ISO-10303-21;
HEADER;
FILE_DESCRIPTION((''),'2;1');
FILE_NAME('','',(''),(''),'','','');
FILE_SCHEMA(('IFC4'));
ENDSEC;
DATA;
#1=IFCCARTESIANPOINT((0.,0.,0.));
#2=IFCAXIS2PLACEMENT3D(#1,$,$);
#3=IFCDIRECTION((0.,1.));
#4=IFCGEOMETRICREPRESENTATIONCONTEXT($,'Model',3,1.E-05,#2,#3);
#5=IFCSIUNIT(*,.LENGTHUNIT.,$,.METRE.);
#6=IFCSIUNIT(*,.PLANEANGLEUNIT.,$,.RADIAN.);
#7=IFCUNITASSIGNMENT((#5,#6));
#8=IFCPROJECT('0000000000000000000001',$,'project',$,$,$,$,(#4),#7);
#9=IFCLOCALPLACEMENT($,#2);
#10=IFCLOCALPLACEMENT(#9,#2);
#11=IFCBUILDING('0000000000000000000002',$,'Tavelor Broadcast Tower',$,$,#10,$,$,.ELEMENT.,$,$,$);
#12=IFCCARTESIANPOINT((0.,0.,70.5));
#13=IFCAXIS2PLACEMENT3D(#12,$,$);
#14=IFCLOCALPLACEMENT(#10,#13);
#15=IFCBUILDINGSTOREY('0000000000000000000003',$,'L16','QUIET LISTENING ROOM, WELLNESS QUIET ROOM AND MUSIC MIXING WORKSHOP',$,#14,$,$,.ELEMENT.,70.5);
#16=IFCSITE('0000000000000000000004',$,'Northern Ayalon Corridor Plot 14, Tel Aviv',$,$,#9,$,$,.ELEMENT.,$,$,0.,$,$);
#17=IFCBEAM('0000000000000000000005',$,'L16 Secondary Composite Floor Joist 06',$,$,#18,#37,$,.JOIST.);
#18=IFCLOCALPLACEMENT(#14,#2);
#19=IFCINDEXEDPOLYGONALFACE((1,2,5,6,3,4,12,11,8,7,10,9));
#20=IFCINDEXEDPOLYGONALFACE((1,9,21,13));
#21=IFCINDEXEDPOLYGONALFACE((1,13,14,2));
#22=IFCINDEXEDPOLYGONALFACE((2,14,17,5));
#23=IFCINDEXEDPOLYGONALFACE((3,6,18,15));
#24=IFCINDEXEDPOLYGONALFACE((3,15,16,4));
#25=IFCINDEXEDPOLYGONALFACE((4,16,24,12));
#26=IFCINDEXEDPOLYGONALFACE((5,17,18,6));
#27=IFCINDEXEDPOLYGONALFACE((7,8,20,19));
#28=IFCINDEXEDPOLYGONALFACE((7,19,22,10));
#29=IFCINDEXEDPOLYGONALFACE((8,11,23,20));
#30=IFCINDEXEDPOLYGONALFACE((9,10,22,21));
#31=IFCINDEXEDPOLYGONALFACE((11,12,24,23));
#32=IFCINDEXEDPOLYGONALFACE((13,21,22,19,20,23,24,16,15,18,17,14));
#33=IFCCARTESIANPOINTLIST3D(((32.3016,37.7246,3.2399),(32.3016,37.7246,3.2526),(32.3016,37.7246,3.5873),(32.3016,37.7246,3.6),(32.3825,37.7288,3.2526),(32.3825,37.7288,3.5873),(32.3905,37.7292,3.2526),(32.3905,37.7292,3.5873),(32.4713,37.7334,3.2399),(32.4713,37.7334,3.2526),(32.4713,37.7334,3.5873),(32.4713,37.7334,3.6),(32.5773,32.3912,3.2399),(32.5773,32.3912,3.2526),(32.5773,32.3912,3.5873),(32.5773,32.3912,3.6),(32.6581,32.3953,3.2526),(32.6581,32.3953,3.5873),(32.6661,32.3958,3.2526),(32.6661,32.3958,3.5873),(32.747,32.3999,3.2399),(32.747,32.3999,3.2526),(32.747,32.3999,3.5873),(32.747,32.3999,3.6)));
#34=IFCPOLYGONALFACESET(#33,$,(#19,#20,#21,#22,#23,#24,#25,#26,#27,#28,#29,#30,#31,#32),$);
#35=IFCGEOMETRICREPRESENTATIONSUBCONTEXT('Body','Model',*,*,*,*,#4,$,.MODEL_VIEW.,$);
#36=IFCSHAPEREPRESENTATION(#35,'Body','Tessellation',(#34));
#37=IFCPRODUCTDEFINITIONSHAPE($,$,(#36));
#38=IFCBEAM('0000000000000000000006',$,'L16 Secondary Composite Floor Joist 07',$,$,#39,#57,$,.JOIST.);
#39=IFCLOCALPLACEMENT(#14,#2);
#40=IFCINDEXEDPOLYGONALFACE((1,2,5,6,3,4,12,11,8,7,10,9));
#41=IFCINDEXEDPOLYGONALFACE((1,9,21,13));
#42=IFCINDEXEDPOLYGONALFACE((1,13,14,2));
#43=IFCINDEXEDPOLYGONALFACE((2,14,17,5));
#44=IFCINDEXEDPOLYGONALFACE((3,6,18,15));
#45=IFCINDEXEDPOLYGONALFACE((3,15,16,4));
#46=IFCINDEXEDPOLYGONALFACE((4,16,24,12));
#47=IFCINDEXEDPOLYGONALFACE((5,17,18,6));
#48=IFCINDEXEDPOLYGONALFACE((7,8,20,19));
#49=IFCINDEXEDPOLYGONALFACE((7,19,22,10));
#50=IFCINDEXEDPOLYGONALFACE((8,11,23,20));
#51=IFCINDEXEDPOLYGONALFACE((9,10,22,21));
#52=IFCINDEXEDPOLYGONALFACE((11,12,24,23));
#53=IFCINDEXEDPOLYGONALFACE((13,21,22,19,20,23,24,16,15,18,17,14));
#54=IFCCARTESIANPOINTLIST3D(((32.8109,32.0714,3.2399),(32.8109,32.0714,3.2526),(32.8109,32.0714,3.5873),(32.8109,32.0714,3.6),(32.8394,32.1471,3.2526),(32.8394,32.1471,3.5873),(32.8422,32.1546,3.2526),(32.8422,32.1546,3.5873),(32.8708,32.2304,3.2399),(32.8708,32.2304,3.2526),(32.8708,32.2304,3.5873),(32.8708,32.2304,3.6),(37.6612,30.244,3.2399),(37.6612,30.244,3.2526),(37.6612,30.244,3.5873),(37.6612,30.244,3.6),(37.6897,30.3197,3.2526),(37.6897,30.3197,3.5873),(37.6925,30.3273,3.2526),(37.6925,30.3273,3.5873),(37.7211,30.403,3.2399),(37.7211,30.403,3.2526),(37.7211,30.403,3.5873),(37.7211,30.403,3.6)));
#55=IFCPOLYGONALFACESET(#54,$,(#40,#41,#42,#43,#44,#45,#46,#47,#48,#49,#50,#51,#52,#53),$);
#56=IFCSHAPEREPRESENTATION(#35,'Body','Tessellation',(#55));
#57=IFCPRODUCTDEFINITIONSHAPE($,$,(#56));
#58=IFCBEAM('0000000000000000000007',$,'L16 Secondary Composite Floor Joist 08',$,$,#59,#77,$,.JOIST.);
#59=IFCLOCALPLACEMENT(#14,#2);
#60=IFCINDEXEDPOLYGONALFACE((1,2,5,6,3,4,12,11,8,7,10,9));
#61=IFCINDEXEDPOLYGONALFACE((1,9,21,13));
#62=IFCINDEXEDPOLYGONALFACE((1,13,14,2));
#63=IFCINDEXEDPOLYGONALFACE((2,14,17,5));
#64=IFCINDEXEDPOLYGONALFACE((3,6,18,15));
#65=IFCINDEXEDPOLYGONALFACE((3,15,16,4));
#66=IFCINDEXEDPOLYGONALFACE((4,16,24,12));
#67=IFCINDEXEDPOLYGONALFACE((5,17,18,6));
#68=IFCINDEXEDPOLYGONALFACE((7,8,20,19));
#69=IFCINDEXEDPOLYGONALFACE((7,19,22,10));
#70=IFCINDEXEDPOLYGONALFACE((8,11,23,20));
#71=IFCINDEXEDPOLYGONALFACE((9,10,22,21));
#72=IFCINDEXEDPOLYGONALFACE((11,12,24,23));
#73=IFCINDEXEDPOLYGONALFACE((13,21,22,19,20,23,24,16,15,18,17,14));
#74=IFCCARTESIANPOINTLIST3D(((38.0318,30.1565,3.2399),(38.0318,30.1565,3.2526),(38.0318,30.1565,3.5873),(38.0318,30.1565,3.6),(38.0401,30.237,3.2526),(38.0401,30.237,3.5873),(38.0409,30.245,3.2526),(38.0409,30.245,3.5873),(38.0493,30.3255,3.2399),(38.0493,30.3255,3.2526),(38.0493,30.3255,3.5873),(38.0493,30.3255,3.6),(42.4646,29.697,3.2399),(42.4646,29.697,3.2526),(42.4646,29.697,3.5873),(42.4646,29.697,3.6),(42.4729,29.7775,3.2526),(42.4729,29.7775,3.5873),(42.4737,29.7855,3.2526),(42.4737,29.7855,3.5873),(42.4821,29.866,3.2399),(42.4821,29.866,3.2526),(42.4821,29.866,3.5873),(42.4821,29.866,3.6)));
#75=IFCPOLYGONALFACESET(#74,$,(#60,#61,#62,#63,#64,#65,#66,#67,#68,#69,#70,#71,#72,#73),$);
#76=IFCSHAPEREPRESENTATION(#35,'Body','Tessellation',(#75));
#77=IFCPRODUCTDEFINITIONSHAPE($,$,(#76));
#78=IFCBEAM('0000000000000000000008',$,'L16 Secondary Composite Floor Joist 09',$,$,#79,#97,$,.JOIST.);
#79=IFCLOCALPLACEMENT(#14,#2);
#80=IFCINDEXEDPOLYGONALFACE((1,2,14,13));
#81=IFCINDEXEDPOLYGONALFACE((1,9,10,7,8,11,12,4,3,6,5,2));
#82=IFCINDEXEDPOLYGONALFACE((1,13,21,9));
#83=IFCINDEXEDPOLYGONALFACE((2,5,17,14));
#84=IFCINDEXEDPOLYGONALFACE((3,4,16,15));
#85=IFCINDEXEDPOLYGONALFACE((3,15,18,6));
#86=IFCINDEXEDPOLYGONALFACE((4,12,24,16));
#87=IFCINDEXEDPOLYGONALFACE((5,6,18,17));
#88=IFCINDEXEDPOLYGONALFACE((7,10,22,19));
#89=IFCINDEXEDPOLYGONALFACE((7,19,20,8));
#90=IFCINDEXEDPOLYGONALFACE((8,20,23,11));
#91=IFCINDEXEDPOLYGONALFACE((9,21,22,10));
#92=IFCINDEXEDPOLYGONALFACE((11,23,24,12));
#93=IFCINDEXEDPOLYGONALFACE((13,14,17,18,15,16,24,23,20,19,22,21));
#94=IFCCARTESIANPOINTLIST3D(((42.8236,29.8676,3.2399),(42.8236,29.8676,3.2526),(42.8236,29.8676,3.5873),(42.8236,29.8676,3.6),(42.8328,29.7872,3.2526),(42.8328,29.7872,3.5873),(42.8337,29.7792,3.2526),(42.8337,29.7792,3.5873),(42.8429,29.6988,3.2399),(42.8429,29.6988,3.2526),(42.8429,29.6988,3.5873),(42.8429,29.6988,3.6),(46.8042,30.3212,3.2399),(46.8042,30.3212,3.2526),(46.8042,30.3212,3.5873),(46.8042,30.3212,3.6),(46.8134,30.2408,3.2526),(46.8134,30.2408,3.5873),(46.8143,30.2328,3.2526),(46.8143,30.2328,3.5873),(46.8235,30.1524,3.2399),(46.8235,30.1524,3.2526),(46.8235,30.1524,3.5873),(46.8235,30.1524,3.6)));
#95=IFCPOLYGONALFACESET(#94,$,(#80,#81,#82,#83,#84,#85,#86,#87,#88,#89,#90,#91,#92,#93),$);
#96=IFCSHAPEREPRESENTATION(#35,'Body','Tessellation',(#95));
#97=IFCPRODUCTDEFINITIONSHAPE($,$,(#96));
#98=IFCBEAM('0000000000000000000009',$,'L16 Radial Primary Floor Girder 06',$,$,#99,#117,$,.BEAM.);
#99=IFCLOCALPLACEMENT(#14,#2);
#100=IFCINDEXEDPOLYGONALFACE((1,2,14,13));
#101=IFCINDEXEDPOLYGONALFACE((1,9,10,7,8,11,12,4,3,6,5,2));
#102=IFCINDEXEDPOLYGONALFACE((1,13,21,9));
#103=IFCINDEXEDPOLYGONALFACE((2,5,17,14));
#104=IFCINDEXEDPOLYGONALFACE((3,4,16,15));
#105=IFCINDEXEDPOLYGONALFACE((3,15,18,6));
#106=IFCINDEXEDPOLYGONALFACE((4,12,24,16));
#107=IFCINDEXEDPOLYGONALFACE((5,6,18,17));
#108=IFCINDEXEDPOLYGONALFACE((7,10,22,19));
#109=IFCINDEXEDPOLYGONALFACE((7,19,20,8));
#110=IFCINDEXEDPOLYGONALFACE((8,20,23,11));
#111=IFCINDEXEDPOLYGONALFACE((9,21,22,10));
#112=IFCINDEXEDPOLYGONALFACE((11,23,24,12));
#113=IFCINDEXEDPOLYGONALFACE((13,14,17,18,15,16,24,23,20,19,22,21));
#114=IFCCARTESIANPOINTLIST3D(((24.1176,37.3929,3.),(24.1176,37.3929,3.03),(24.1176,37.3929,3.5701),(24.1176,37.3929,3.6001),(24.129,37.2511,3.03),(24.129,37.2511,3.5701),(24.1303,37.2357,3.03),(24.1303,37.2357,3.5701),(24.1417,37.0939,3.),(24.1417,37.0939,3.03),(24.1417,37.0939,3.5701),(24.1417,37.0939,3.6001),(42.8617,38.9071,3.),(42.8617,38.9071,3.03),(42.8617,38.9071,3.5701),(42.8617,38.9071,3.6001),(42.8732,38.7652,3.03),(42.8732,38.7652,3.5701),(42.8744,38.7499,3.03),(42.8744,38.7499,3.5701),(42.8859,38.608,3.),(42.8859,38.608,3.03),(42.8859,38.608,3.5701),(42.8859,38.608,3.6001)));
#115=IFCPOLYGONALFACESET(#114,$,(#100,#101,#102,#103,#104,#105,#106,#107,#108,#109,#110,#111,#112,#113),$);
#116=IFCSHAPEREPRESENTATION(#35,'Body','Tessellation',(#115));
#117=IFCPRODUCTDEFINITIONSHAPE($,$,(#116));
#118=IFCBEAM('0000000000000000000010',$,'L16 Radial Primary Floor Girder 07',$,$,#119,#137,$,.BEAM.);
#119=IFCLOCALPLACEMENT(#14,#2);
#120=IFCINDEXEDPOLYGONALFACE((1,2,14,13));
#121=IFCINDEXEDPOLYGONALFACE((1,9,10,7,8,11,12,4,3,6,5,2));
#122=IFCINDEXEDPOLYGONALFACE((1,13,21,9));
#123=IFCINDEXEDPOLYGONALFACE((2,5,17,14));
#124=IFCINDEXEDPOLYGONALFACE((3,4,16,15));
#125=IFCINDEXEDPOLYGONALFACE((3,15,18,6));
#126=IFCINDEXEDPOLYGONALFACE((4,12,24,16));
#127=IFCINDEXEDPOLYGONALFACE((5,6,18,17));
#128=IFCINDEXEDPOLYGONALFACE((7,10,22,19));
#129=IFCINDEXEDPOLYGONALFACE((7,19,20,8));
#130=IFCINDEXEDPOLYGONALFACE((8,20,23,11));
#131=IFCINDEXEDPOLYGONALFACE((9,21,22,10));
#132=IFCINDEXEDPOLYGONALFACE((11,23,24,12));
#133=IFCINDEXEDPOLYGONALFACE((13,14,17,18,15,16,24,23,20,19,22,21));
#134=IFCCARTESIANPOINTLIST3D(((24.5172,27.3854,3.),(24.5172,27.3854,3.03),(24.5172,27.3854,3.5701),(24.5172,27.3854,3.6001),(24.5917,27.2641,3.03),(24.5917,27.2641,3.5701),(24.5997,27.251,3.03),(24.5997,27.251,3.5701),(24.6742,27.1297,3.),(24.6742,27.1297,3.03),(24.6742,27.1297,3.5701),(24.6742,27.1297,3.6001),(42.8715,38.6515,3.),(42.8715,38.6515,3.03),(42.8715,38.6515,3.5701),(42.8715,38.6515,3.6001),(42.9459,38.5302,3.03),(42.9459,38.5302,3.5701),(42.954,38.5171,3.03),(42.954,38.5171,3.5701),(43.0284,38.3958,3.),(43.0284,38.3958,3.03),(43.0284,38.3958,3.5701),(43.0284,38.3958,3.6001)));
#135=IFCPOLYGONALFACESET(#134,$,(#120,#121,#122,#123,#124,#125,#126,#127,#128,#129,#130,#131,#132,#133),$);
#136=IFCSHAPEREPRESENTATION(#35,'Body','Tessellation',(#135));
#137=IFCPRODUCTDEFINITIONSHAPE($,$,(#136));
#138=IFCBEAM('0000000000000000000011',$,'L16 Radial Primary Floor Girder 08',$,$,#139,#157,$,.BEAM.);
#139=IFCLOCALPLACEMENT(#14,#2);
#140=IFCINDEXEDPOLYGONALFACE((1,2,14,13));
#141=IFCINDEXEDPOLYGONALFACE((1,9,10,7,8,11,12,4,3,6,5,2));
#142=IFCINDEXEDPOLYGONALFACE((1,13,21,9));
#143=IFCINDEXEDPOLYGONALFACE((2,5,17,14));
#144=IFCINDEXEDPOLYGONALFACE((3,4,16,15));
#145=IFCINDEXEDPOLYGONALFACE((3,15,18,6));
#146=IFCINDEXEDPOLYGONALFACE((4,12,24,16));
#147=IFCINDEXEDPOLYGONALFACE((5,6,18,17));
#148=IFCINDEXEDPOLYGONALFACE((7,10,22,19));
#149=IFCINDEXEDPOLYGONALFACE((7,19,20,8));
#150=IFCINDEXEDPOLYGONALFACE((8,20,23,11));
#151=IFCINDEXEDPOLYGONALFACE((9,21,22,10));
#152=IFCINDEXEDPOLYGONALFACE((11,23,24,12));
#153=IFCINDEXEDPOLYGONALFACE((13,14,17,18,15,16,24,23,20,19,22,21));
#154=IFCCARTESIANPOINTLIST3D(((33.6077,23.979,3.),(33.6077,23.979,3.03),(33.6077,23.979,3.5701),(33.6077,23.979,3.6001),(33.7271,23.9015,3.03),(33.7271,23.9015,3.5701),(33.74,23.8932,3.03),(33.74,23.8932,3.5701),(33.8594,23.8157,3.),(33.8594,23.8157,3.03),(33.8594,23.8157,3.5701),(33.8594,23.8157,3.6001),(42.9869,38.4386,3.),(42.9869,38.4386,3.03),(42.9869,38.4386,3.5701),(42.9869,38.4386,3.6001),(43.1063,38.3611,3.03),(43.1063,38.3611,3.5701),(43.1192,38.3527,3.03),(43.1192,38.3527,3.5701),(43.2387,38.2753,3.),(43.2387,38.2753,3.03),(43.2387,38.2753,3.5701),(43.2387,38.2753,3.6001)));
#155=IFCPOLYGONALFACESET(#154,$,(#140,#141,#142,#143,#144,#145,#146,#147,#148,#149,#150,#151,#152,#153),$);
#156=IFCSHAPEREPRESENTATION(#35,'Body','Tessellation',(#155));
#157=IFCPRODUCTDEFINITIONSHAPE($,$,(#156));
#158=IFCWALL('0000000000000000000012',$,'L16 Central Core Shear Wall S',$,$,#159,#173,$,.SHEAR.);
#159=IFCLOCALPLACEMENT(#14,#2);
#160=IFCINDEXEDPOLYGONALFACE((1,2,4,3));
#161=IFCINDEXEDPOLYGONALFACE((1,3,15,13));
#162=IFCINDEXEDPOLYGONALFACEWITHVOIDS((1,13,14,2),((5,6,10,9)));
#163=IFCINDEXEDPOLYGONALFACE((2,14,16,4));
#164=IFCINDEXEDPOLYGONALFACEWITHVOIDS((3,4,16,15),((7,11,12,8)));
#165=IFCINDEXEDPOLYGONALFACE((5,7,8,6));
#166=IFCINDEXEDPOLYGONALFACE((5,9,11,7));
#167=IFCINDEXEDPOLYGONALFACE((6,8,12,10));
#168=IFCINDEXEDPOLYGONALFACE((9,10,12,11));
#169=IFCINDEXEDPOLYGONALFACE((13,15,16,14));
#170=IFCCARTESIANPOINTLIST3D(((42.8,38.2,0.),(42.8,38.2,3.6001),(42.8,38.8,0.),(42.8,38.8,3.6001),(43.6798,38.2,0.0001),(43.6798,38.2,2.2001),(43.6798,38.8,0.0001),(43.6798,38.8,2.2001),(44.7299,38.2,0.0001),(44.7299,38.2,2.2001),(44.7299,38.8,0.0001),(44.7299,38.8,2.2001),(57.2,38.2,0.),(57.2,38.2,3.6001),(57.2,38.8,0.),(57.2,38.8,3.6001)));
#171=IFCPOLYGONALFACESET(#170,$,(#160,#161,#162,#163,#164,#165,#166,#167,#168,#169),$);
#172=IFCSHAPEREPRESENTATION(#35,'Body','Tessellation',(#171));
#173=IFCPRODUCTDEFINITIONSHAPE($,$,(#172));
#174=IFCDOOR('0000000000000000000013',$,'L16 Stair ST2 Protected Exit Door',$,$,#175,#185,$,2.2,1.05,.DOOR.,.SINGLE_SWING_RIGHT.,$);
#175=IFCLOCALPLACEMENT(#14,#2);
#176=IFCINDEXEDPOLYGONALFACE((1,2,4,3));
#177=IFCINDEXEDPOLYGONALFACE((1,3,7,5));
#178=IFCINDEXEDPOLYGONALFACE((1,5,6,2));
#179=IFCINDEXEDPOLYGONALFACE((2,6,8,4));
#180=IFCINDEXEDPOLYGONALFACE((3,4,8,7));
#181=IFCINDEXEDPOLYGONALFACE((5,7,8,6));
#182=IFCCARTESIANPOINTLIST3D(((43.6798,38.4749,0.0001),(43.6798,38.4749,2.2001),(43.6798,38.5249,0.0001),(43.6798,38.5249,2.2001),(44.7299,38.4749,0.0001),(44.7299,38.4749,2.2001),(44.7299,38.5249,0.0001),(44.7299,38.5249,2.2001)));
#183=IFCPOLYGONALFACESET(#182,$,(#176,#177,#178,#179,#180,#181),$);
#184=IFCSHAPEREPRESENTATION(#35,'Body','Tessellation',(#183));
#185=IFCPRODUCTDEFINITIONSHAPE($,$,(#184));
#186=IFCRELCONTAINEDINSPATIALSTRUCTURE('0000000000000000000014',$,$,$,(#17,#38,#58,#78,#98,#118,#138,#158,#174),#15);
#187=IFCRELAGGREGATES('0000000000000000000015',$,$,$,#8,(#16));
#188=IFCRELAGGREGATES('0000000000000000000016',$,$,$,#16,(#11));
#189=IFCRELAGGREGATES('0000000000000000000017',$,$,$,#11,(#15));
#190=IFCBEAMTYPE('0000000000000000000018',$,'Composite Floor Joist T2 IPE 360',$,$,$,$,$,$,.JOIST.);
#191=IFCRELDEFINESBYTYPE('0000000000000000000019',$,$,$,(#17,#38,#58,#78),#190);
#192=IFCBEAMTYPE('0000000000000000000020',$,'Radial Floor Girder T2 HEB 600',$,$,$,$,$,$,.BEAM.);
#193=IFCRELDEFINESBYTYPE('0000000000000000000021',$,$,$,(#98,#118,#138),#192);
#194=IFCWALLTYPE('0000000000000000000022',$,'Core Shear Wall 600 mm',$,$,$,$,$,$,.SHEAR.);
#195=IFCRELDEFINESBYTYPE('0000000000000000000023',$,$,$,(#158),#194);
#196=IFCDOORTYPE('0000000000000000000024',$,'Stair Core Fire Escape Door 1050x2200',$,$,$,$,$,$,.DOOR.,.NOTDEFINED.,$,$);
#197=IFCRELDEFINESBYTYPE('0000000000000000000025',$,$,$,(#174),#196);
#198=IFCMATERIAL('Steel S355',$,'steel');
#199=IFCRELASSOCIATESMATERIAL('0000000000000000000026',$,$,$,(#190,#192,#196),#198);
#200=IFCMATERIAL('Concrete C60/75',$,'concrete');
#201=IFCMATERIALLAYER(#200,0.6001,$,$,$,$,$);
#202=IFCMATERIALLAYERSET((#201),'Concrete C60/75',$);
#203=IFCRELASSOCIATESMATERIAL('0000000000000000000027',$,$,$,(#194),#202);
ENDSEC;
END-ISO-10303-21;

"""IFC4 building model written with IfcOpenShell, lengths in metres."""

from ifc_helpers import new_model, si_unit, direction, frame, frame_2d, origin, origin_2d, place, context, subcontext, project, spatial, rectangle, i_section, extrude, material, layer, layer_set, material_profile, profile_set, type_object, element, fill, save


model = new_model("IFC4")

# Units and contexts
model_context = context("Model", 3, precision=1e-05, world=origin(), true_north=direction((0.0, 1.0)))
body_context = subcontext(model_context, "Body", "Model", "MODEL_VIEW")
ifc_project = project(units=[si_unit("LENGTHUNIT", "METRE"), si_unit("PLANEANGLEUNIT", "RADIAN")], contexts=[model_context])

# Site, building, storey
site_placement = place(None, origin())
site = spatial("IfcSite", under=ifc_project, at=site_placement, Name="Northern Ayalon Corridor Plot 14, Tel Aviv", CompositionType="ELEMENT", RefElevation=0.0)
building_placement = place(site_placement, origin())
building = spatial("IfcBuilding", under=site, at=building_placement, Name="Tavelor Broadcast Tower", CompositionType="ELEMENT")
storey_placement = place(building_placement, frame((0.0, 0.0, 70.5)))
storey = spatial("IfcBuildingStorey", under=building, at=storey_placement, Name="L16", Description="QUIET LISTENING ROOM, WELLNESS QUIET ROOM AND MUSIC MIXING WORKSHOP", CompositionType="ELEMENT", Elevation=70.5)

# Beams
ifc_material_1 = material(Name="Steel S355", Category="steel")
ifc_material_profile_1 = material_profile(ifc_material_1, i_section(OverallWidth=0.1699, OverallDepth=0.3601, WebThickness=0.0081, FlangeThickness=0.0127, at=origin_2d()), Name="IPE 360")
ifc_profile_set_1 = profile_set([ifc_material_profile_1], Name="Steel S355")
beam_type_1 = type_object("IfcBeamType", Name="Composite Floor Joist T2 IPE 360", PredefinedType="JOIST", material=ifc_profile_set_1)
beam_1_placement = place(storey_placement, frame((32.3865, 37.729, 3.4199), z_axis=(0.051611, -0.998667, 0.0), x_axis=(0.998667, 0.051611, 0.0)))
element("IfcBeam", 1, at=beam_1_placement, inside=storey, type_object=beam_type_1, Name="L16 Secondary Composite Floor Joist 06", PredefinedType="JOIST", context=body_context, shape_type="SweptSolid", body=[
    extrude(i_section(OverallWidth=0.1699, OverallDepth=0.3601, WebThickness=0.0081, FlangeThickness=0.0127, at=origin_2d()), origin(), (0.0, 0.0, 1.0), 5.3406),
])
beam_2_placement = place(storey_placement, frame((32.8408, 32.1509, 3.4199), z_axis=(0.935788, -0.352563, 0.0), x_axis=(0.352563, 0.935788, 0.0)))
element("IfcBeam", 2, at=beam_2_placement, inside=storey, type_object=beam_type_1, Name="L16 Secondary Composite Floor Joist 07", PredefinedType="JOIST", context=body_context, shape_type="SweptSolid", body=[
    extrude(i_section(OverallWidth=0.1699, OverallDepth=0.3601, WebThickness=0.0081, FlangeThickness=0.0127, at=origin_2d()), origin(), (0.0, 0.0, 1.0), 5.1831),
])
beam_3_placement = place(storey_placement, frame((38.0405, 30.241, 3.4199), z_axis=(0.994671, -0.103099, 0.0), x_axis=(0.103099, 0.994671, 0.0)))
element("IfcBeam", 3, at=beam_3_placement, inside=storey, type_object=beam_type_1, Name="L16 Secondary Composite Floor Joist 08", PredefinedType="JOIST", context=body_context, shape_type="SweptSolid", body=[
    extrude(i_section(OverallWidth=0.1699, OverallDepth=0.3601, WebThickness=0.0081, FlangeThickness=0.0127, at=origin_2d()), origin(), (0.0, 0.0, 1.0), 4.4565),
])
beam_4_placement = place(storey_placement, frame((42.8333, 29.7832, 3.4199), z_axis=(0.993569, 0.113227, 0.0), x_axis=(-0.113227, 0.993569, 0.0)))
element("IfcBeam", 4, at=beam_4_placement, inside=storey, type_object=beam_type_1, Name="L16 Secondary Composite Floor Joist 09", PredefinedType="JOIST", context=body_context, shape_type="SweptSolid", body=[
    extrude(i_section(OverallWidth=0.1699, OverallDepth=0.3601, WebThickness=0.0081, FlangeThickness=0.0127, at=origin_2d()), origin(), (0.0, 0.0, 1.0), 4.0063),
])
ifc_material_profile_2 = material_profile(ifc_material_1, i_section(OverallWidth=0.3, OverallDepth=0.6001, WebThickness=0.0154, FlangeThickness=0.03, at=origin_2d()), Name="HEB 600")
ifc_profile_set_2 = profile_set([ifc_material_profile_2], Name="Steel S355")
beam_type_2 = type_object("IfcBeamType", Name="Radial Floor Girder T2 HEB 600", PredefinedType="BEAM", material=ifc_profile_set_2)
beam_5_placement = place(storey_placement, frame((42.8738, 38.7576, 3.3), z_axis=(-0.996753, -0.080518, 0.0), x_axis=(0.080518, -0.996753, 0.0)))
element("IfcBeam", 5, at=beam_5_placement, inside=storey, type_object=beam_type_2, Name="L16 Radial Primary Floor Girder 06", PredefinedType="BEAM", context=body_context, shape_type="SweptSolid", body=[
    extrude(i_section(OverallWidth=0.3, OverallDepth=0.6001, WebThickness=0.0154, FlangeThickness=0.03, at=origin_2d()), origin(), (0.0, 0.0, 1.0), 18.8052),
])
beam_6_placement = place(storey_placement, frame((42.95, 38.5237, 3.3), z_axis=(-0.852255, -0.523127, 0.0), x_axis=(0.523127, -0.852255, 0.0)))
element("IfcBeam", 6, at=beam_6_placement, inside=storey, type_object=beam_type_2, Name="L16 Radial Primary Floor Girder 07", PredefinedType="BEAM", context=body_context, shape_type="SweptSolid", body=[
    extrude(i_section(OverallWidth=0.3, OverallDepth=0.6001, WebThickness=0.0154, FlangeThickness=0.03, at=origin_2d()), origin(), (0.0, 0.0, 1.0), 21.5361),
])
beam_7_placement = place(storey_placement, frame((43.1128, 38.3569, 3.3), z_axis=(-0.544192, -0.83896, 0.0), x_axis=(0.83896, -0.544192, 0.0)))
element("IfcBeam", 7, at=beam_7_placement, inside=storey, type_object=beam_type_2, Name="L16 Radial Primary Floor Girder 08", PredefinedType="BEAM", context=body_context, shape_type="SweptSolid", body=[
    extrude(i_section(OverallWidth=0.3, OverallDepth=0.6001, WebThickness=0.0154, FlangeThickness=0.03, at=origin_2d()), origin(), (0.0, 0.0, 1.0), 17.2351),
])

# Wall, opening, door
ifc_material_2 = material(Name="Concrete C60/75", Category="concrete")
ifc_layer_1 = layer(ifc_material_2, 0.6001)
ifc_layer_set_1 = layer_set([ifc_layer_1], Name="Concrete C60/75")
wall_type_1 = type_object("IfcWallType", Name="Core Shear Wall 600 mm", PredefinedType="SHEAR", material=ifc_layer_set_1)
wall_1_placement = place(storey_placement, frame((42.8, 38.5, 0.0), z_axis=(0.0, 0.0, 1.0), x_axis=(1.0, 0.0, 0.0)))
wall_1 = element("IfcWall", 8, at=wall_1_placement, inside=storey, type_object=wall_type_1, Name="L16 Central Core Shear Wall S", PredefinedType="SHEAR", context=body_context, shape_type="SweptSolid", body=[
    extrude(rectangle(XDim=14.3999, YDim=0.6001, at=frame_2d((7.2, 0.0))), origin(), (0.0, 0.0, 1.0), 3.6001),
])
opening_1_placement = place(wall_1_placement, frame((0.8799, 0.0, 0.0)))
opening_1 = element("IfcOpeningElement", 9, at=opening_1_placement, cuts=wall_1, PredefinedType="OPENING", context=body_context, shape_type="SweptSolid", body=[
    extrude(rectangle(XDim=1.05, YDim=2.2, at=frame_2d((0.5249, 1.1001))), frame((0.0, 0.3101, 0.0), z_axis=(0.0, -1.0, 0.0), x_axis=(1.0, 0.0, 0.0)), (0.0, 0.0, 1.0), 0.6201),
])
door_type_1 = type_object("IfcDoorType", Name="Stair Core Fire Escape Door 1050x2200", OperationType="NOTDEFINED", PredefinedType="DOOR", material=ifc_material_1)
door_1_placement = place(opening_1_placement, origin())
door_1 = element("IfcDoor", 10, at=door_1_placement, inside=storey, type_object=door_type_1, Name="L16 Stair ST2 Protected Exit Door", OperationType="SINGLE_SWING_RIGHT", OverallHeight=2.2, OverallWidth=1.05, PredefinedType="DOOR", context=body_context, shape_type="SweptSolid", body=[
    extrude(rectangle(XDim=1.05, YDim=2.2, at=frame_2d((0.5249, 1.1001))), frame((0.0, 0.0249, 0.0), z_axis=(0.0, -1.0, 0.0), x_axis=(1.0, 0.0, 0.0)), (0.0, 0.0, 1.0), 0.05),
])
fill(opening_1, door_1)

save(model, "model.ifc")
